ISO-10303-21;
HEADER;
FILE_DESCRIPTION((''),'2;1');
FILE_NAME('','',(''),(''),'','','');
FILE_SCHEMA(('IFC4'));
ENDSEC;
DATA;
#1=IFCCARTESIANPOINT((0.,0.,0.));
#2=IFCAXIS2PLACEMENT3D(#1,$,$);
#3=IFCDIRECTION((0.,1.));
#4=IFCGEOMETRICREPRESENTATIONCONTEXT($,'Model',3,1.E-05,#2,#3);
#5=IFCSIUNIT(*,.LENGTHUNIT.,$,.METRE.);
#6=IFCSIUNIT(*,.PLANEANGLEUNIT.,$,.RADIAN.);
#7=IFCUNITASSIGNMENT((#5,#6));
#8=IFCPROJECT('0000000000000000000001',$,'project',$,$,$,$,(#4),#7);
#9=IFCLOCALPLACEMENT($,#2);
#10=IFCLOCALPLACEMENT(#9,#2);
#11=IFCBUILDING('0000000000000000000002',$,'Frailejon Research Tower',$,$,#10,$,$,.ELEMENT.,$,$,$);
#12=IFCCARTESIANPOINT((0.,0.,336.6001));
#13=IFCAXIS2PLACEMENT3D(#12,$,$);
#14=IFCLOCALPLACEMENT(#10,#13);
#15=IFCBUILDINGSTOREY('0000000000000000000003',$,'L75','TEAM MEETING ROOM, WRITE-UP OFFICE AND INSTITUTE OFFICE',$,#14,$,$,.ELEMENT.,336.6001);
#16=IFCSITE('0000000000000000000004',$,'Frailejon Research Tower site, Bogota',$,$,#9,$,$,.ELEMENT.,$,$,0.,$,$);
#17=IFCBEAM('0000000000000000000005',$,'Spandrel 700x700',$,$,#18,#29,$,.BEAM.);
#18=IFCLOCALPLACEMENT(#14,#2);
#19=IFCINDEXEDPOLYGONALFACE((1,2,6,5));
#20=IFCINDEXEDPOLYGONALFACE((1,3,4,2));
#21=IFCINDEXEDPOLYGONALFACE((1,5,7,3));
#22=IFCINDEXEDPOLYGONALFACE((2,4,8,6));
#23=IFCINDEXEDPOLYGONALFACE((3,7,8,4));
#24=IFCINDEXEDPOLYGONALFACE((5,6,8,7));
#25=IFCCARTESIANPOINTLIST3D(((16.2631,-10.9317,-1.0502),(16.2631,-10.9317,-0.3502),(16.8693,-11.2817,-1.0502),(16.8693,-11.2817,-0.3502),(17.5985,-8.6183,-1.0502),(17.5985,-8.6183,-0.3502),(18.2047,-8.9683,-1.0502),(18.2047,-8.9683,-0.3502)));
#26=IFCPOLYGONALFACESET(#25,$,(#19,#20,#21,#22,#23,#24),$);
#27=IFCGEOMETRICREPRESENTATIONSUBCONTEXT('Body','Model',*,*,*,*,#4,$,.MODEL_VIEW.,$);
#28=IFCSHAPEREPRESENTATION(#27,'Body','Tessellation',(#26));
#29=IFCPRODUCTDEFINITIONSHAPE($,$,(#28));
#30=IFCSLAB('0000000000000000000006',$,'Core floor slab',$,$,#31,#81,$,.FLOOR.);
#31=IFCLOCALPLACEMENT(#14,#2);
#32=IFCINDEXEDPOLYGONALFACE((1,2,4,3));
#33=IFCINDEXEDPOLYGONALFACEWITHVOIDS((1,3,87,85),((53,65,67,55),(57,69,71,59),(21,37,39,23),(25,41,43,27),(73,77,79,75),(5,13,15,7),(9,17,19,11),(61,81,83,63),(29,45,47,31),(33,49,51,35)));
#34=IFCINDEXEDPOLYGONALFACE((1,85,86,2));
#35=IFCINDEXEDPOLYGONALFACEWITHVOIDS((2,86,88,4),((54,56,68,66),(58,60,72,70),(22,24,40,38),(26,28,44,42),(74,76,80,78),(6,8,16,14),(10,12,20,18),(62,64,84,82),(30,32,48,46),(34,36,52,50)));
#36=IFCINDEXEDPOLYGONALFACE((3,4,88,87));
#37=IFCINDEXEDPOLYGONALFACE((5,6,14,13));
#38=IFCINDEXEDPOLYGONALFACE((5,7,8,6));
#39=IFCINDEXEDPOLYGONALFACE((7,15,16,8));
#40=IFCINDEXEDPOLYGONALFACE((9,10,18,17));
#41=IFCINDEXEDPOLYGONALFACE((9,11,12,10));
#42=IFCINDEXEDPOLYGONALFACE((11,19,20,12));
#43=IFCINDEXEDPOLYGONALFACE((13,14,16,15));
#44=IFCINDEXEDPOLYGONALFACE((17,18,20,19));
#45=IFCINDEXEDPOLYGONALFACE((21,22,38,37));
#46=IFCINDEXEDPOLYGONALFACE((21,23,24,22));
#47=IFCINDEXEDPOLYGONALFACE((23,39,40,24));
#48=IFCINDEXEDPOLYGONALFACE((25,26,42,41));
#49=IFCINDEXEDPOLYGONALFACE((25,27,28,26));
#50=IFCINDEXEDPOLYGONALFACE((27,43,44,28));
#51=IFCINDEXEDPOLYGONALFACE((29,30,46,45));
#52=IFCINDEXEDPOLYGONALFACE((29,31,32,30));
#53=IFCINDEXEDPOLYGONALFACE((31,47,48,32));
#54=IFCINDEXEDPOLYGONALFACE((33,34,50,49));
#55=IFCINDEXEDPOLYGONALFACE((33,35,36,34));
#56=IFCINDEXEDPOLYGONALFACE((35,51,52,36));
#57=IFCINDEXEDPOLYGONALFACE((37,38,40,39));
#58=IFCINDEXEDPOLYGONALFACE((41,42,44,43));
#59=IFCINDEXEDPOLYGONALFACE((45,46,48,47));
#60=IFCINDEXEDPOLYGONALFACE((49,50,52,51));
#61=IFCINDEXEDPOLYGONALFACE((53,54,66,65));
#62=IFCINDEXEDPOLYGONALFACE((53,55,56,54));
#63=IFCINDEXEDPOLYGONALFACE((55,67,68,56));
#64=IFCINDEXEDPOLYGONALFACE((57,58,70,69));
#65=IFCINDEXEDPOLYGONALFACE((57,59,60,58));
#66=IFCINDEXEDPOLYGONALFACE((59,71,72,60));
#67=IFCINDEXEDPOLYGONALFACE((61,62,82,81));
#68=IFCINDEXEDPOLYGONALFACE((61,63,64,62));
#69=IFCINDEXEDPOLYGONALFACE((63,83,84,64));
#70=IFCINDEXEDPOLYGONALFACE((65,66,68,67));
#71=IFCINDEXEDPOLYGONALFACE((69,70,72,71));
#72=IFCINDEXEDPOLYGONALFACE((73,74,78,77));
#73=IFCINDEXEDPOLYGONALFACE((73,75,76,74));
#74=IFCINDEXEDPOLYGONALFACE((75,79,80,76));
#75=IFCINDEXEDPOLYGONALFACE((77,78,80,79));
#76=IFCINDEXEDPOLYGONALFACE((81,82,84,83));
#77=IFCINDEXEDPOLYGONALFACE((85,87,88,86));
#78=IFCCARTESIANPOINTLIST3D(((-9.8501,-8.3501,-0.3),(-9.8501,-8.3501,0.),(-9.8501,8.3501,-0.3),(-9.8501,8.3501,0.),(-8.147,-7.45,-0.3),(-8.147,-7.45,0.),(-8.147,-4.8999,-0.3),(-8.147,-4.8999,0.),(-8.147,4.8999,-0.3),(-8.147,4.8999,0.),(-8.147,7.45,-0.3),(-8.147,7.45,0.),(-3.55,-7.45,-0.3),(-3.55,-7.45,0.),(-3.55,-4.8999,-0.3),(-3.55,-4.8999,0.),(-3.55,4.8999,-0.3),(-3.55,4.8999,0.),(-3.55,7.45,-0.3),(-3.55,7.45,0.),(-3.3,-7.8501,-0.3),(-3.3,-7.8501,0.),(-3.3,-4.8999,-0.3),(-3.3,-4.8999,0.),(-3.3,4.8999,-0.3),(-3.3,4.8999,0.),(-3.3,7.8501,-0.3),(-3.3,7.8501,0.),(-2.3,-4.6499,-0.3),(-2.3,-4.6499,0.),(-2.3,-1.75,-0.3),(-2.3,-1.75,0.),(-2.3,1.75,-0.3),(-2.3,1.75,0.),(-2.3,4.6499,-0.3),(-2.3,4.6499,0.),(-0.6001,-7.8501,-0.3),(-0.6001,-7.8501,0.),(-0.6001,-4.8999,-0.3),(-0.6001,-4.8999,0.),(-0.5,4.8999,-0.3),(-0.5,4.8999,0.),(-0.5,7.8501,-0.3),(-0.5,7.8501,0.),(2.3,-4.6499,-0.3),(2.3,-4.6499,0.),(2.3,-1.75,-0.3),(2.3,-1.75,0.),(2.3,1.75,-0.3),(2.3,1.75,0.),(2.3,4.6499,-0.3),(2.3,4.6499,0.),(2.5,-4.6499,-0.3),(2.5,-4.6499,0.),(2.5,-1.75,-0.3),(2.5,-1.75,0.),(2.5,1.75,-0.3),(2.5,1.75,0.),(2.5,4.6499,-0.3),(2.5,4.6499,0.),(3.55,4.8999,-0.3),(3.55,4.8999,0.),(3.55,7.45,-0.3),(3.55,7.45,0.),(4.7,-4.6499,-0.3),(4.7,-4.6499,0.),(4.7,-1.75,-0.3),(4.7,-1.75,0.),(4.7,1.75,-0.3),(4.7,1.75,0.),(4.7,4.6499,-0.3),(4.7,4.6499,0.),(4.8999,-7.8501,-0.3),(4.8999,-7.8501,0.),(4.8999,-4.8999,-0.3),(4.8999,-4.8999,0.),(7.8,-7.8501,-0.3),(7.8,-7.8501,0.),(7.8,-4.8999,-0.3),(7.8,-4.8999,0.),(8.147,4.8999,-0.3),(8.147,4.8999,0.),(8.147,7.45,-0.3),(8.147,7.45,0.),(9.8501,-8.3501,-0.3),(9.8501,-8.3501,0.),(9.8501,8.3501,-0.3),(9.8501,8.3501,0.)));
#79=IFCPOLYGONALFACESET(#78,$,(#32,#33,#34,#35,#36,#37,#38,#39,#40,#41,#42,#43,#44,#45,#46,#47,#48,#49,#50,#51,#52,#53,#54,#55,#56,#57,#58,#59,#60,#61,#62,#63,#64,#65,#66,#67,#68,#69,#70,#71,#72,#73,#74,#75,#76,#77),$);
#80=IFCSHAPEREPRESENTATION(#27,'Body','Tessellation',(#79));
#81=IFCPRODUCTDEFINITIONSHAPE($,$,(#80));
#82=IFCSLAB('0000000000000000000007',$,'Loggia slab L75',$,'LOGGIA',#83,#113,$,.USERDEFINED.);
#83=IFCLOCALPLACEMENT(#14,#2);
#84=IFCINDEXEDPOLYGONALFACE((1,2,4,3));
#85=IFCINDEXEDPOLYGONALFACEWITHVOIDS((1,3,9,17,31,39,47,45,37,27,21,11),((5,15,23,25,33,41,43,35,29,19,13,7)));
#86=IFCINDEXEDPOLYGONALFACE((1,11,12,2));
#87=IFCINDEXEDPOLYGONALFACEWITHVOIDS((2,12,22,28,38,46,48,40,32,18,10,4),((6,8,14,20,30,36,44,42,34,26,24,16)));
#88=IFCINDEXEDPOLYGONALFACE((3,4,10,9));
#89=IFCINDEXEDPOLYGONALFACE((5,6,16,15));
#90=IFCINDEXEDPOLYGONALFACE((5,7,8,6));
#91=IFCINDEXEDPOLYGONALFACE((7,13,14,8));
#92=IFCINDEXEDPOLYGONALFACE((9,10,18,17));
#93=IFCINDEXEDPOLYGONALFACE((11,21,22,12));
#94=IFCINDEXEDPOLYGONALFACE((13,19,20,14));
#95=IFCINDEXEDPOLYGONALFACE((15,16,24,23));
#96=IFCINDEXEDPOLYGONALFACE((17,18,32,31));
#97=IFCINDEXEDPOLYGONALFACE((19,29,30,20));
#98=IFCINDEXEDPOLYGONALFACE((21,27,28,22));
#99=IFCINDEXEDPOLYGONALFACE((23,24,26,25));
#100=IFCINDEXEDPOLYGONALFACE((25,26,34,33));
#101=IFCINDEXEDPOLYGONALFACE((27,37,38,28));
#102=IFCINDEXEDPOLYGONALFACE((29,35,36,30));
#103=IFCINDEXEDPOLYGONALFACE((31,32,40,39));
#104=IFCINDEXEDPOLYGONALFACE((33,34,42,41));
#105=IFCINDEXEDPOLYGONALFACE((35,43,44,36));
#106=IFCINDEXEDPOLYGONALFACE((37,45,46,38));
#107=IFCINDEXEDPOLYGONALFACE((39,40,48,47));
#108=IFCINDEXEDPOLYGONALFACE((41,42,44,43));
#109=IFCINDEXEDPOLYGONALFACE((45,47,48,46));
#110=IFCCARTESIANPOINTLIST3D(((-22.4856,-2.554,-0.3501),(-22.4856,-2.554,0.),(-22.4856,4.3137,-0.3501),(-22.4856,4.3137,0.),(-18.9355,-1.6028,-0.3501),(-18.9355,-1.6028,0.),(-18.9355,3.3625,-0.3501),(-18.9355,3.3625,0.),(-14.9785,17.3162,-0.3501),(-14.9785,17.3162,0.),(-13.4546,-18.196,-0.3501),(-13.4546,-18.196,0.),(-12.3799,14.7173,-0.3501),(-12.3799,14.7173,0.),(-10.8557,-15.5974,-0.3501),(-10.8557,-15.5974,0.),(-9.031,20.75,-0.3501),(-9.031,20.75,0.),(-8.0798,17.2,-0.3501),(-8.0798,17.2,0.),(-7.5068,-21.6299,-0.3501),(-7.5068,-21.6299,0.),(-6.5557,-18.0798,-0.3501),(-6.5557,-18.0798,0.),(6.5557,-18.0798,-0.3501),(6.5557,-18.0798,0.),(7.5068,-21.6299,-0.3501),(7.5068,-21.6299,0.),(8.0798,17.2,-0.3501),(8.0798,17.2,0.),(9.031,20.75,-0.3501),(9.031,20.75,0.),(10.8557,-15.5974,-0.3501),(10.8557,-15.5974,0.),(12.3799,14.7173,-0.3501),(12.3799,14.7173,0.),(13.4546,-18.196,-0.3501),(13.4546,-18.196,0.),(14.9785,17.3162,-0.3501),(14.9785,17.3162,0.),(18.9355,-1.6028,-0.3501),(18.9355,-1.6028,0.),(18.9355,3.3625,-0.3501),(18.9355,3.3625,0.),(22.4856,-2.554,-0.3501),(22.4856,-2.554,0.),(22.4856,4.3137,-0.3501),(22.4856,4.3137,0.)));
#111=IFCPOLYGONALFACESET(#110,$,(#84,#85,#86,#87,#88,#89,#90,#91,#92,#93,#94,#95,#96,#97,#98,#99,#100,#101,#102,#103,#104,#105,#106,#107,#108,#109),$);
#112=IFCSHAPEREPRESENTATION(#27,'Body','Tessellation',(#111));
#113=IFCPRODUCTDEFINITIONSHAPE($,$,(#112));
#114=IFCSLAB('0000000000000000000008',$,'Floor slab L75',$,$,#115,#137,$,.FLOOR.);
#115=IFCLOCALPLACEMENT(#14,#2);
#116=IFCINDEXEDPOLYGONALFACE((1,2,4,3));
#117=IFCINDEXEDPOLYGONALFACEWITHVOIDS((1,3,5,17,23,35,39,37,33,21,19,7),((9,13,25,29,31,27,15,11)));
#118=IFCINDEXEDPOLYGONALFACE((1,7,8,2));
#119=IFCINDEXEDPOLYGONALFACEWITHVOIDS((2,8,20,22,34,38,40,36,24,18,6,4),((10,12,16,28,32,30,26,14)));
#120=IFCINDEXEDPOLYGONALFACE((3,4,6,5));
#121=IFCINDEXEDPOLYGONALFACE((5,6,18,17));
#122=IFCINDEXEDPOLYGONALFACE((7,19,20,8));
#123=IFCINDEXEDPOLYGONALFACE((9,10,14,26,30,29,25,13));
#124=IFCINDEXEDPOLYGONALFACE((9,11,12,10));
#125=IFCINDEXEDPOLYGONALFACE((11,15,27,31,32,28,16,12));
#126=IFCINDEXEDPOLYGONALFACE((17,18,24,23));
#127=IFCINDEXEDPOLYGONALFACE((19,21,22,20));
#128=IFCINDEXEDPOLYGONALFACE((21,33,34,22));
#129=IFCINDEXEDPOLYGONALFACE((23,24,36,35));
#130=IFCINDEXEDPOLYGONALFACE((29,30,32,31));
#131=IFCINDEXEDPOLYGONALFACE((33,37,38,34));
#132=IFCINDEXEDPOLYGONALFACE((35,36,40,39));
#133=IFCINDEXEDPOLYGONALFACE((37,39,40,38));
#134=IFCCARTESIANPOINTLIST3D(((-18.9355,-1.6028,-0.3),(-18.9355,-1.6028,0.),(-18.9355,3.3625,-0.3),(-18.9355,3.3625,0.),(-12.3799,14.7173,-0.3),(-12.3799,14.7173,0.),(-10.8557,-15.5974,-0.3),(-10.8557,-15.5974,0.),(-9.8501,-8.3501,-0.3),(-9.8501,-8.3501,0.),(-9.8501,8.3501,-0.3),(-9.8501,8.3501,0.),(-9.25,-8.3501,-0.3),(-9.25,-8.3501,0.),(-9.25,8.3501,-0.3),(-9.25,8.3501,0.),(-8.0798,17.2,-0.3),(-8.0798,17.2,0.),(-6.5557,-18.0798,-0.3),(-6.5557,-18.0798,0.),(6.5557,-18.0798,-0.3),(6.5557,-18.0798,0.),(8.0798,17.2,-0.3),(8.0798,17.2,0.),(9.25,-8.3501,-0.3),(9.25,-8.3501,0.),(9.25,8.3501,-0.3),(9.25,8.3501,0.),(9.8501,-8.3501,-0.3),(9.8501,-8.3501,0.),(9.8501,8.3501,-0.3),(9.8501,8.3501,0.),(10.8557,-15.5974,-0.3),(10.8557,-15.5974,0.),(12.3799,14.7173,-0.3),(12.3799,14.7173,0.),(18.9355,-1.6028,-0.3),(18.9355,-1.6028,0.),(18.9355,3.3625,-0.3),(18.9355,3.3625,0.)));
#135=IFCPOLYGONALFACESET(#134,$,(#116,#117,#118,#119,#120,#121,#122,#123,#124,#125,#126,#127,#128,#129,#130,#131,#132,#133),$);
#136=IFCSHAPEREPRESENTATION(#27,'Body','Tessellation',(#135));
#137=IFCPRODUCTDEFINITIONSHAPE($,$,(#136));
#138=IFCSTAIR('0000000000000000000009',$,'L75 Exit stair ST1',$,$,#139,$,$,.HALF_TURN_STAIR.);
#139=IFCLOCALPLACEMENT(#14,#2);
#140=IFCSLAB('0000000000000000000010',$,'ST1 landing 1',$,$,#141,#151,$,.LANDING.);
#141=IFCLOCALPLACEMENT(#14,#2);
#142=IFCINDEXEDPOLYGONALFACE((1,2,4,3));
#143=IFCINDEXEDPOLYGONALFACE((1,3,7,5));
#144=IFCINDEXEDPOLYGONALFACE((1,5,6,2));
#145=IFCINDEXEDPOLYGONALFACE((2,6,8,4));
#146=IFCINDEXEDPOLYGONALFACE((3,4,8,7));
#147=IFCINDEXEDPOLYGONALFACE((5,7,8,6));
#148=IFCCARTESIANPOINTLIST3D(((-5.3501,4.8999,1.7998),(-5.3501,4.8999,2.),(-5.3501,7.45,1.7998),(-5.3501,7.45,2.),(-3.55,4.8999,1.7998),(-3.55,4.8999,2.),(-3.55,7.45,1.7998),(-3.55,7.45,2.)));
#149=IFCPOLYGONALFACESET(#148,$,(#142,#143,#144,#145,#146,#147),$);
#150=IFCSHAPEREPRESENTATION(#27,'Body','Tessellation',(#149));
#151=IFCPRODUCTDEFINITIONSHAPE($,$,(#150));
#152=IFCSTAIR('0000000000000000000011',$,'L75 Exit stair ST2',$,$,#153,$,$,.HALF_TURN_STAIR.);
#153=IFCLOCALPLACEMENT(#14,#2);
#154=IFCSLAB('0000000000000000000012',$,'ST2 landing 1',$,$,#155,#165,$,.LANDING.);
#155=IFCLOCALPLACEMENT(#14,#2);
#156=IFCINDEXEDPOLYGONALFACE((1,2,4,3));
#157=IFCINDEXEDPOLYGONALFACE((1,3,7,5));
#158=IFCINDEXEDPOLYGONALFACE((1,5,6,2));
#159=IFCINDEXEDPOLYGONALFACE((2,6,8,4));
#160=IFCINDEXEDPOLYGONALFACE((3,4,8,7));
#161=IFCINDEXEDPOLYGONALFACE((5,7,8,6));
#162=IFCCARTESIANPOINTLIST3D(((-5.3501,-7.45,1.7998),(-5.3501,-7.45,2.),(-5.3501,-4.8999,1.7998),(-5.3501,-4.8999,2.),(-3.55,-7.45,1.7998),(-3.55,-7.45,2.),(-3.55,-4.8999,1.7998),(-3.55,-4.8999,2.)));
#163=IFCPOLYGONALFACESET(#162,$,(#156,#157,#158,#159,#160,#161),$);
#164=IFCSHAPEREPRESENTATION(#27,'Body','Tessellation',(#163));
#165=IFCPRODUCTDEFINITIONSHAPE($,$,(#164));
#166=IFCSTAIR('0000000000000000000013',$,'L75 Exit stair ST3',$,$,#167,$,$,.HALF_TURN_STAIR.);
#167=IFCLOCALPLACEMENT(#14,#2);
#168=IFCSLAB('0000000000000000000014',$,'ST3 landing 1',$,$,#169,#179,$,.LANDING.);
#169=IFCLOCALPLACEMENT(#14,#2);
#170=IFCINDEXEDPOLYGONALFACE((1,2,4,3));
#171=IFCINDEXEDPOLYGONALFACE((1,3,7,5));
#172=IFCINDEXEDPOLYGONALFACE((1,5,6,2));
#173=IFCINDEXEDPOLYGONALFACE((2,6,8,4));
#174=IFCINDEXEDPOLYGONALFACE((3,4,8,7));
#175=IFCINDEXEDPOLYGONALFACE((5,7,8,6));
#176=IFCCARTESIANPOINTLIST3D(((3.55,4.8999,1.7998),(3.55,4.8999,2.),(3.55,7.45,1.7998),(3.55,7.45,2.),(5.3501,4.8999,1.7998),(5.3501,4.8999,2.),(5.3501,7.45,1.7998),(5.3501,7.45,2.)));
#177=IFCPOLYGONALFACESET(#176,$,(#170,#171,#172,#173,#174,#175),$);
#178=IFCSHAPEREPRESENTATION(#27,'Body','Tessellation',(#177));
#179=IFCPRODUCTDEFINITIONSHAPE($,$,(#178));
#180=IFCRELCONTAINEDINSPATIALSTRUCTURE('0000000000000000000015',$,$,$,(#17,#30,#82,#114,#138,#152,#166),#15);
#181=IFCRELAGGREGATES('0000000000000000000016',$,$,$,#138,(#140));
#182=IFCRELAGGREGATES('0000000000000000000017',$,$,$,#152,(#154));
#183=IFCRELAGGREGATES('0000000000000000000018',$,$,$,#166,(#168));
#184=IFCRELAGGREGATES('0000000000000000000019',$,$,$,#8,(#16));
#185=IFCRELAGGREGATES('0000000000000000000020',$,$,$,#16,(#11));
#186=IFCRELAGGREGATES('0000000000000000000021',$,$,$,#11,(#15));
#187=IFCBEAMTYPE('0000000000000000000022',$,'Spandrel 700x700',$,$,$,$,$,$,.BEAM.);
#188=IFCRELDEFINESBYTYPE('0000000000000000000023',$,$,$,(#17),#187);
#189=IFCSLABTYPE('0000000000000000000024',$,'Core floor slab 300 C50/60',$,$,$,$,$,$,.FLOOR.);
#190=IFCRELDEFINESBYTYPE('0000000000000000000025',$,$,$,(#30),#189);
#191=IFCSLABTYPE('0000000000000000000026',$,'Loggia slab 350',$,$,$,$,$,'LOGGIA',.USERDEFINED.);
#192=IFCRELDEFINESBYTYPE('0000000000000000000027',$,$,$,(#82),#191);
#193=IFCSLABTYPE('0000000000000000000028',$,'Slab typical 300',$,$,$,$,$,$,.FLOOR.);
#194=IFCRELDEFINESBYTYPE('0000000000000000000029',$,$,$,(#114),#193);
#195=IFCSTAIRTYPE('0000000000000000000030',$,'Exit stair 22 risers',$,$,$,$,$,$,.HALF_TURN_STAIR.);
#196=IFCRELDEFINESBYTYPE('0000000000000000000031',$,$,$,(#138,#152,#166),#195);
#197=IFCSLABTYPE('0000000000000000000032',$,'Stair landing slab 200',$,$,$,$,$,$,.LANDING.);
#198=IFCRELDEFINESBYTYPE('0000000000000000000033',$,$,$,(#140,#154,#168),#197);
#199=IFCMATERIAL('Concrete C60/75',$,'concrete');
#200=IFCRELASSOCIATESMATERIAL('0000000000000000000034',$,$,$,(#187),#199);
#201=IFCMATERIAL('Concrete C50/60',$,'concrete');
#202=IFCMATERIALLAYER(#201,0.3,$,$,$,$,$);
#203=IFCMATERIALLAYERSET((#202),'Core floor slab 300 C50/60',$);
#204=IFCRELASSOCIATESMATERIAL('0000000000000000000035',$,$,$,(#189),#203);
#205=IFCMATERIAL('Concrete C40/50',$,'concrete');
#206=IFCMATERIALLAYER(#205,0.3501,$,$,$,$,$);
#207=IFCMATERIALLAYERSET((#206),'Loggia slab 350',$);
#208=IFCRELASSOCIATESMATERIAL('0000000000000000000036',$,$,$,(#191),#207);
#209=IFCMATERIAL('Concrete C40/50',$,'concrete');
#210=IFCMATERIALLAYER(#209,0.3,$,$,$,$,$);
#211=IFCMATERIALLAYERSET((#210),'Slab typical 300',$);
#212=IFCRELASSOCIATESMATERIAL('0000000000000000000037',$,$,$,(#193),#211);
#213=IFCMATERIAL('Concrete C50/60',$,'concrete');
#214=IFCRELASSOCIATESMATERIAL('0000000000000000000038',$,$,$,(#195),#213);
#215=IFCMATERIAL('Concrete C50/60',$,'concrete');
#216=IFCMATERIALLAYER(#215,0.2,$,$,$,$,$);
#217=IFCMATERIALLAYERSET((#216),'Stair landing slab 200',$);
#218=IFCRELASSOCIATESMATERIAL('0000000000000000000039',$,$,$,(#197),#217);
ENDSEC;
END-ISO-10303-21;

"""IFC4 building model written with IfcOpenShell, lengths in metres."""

from ifc_helpers import new_model, si_unit, direction, frame, origin, origin_2d, place, context, subcontext, project, spatial, polyline, rectangle, outline, extrude, material, layer, layer_set, material_profile, profile_set, type_object, element, aggregate, save


model = new_model("IFC4")

# Units and contexts
model_context = context("Model", 3, precision=1e-05, world=origin(), true_north=direction((0.0, 1.0)))
body_context = subcontext(model_context, "Body", "Model", "MODEL_VIEW")
ifc_project = project(units=[si_unit("LENGTHUNIT", "METRE"), si_unit("PLANEANGLEUNIT", "RADIAN")], contexts=[model_context])

# Site, building, storey
site_placement = place(None, origin())
site = spatial("IfcSite", under=ifc_project, at=site_placement, Name="Frailejon Research Tower site, Bogota", CompositionType="ELEMENT", RefElevation=0.0)
building_placement = place(site_placement, origin())
building = spatial("IfcBuilding", under=site, at=building_placement, Name="Frailejon Research Tower", CompositionType="ELEMENT")
storey_placement = place(building_placement, frame((0.0, 0.0, 336.6001)))
storey = spatial("IfcBuildingStorey", under=building, at=storey_placement, Name="L75", Description="TEAM MEETING ROOM, WRITE-UP OFFICE AND INSTITUTE OFFICE", CompositionType="ELEMENT", Elevation=336.6001)

# Beam
ifc_material_1 = material(Name="Concrete C60/75", Category="concrete")
ifc_material_profile = material_profile(ifc_material_1, rectangle(XDim=0.7, YDim=0.7, at=origin_2d()), Name="Spandrel 700x700")
ifc_profile_set = profile_set([ifc_material_profile], Name="Concrete C60/75")
beam_type = type_object("IfcBeamType", Name="Spandrel 700x700", PredefinedType="BEAM", material=ifc_profile_set)
beam_placement = place(storey_placement, frame((16.5662, -11.1067, -0.7002), z_axis=(0.499933, 0.866064, 0.0), x_axis=(-0.866064, 0.499933, 0.0)))
element("IfcBeam", 1, at=beam_placement, inside=storey, type_object=beam_type, Name="Spandrel 700x700", PredefinedType="BEAM", context=body_context, shape_type="SweptSolid", body=[
    extrude(rectangle(XDim=0.7, YDim=0.7, at=origin_2d()), origin(), (0.0, 0.0, 1.0), 2.6711),
])

# Slabs
ifc_material_2 = material(Name="Concrete C50/60", Category="concrete")
ifc_layer_1 = layer(ifc_material_2, 0.3)
ifc_layer_set_1 = layer_set([ifc_layer_1], Name="Core floor slab 300 C50/60")
slab_type_1 = type_object("IfcSlabType", Name="Core floor slab 300 C50/60", PredefinedType="FLOOR", material=ifc_layer_set_1)
slab_1_placement = place(storey_placement, frame((0.0, 0.0, -0.3)))
element("IfcSlab", 2, at=slab_1_placement, inside=storey, type_object=slab_type_1, Name="Core floor slab", PredefinedType="FLOOR", context=body_context, shape_type="SweptSolid", body=[
    extrude(outline(polyline([(9.8501, -8.3501), (9.8501, 8.3501), (-9.8501, 8.3501), (-9.8501, -8.3501), (9.8501, -8.3501)]), holes=[polyline([(2.3, 1.75), (2.3, 4.6499), (-2.3, 4.6499), (-2.3, 1.75), (2.3, 1.75)]), polyline([(4.7, 1.75), (4.7, 4.6499), (2.5, 4.6499), (2.5, 1.75), (4.7, 1.75)]), polyline([(2.3, -4.6499), (2.3, -1.75), (-2.3, -1.75), (-2.3, -4.6499), (2.3, -4.6499)]), polyline([(4.7, -4.6499), (4.7, -1.75), (2.5, -1.75), (2.5, -4.6499), (4.7, -4.6499)]), polyline([(-8.147, 4.8999), (-3.55, 4.8999), (-3.55, 7.45), (-8.147, 7.45), (-8.147, 4.8999)]), polyline([(-8.147, -7.45), (-3.55, -7.45), (-3.55, -4.8999), (-8.147, -4.8999), (-8.147, -7.45)]), polyline([(8.147, 7.45), (3.55, 7.45), (3.55, 4.8999), (8.147, 4.8999), (8.147, 7.45)]), polyline([(-0.6001, -7.8501), (-0.6001, -4.8999), (-3.3, -4.8999), (-3.3, -7.8501), (-0.6001, -7.8501)]), polyline([(7.8, -7.8501), (7.8, -4.8999), (4.8999, -4.8999), (4.8999, -7.8501), (7.8, -7.8501)]), polyline([(-0.5, 4.8999), (-0.5, 7.8501), (-3.3, 7.8501), (-3.3, 4.8999), (-0.5, 4.8999)])]), origin(), (0.0, 0.0, 1.0), 0.3),
])
ifc_material_3 = material(Name="Concrete C40/50", Category="concrete")
ifc_layer_2 = layer(ifc_material_3, 0.3501)
ifc_layer_set_2 = layer_set([ifc_layer_2], Name="Loggia slab 350")
slab_type_2 = type_object("IfcSlabType", Name="Loggia slab 350", ElementType="LOGGIA", PredefinedType="USERDEFINED", material=ifc_layer_set_2)
slab_2_placement = place(storey_placement, frame((0.0, 0.0, -0.3501)))
element("IfcSlab", 3, at=slab_2_placement, inside=storey, type_object=slab_type_2, Name="Loggia slab L75", ObjectType="LOGGIA", PredefinedType="USERDEFINED", context=body_context, shape_type="SweptSolid", body=[
    extrude(outline(polyline([(13.4546, -18.196), (7.5068, -21.6299), (-7.5068, -21.6299), (-13.4546, -18.196), (-22.4856, -2.554), (-22.4856, 4.3137), (-14.9785, 17.3162), (-9.031, 20.75), (9.031, 20.75), (14.9785, 17.3162), (22.4856, 4.3137), (22.4856, -2.554), (13.4546, -18.196)]), holes=[polyline([(18.9355, 3.3625), (12.3799, 14.7173), (8.0798, 17.2), (-8.0798, 17.2), (-12.3799, 14.7173), (-18.9355, 3.3625), (-18.9355, -1.6028), (-10.8557, -15.5974), (-6.5557, -18.0798), (6.5557, -18.0798), (10.8557, -15.5974), (18.9355, -1.6028), (18.9355, 3.3625)])]), origin(), (0.0, 0.0, 1.0), 0.3501),
])
ifc_material_4 = material(Name="Concrete C40/50", Category="concrete")
ifc_layer_3 = layer(ifc_material_4, 0.3)
ifc_layer_set_3 = layer_set([ifc_layer_3], Name="Slab typical 300")
slab_type_3 = type_object("IfcSlabType", Name="Slab typical 300", PredefinedType="FLOOR", material=ifc_layer_set_3)
slab_3_placement = place(storey_placement, frame((0.0, 0.0, -0.3)))
element("IfcSlab", 4, at=slab_3_placement, inside=storey, type_object=slab_type_3, Name="Floor slab L75", PredefinedType="FLOOR", context=body_context, shape_type="SweptSolid", body=[
    extrude(outline(polyline([(18.9355, -1.6028), (18.9355, 3.3625), (12.3799, 14.7173), (8.0798, 17.2), (-8.0798, 17.2), (-12.3799, 14.7173), (-18.9355, 3.3625), (-18.9355, -1.6028), (-10.8557, -15.5974), (-6.5557, -18.0798), (6.5557, -18.0798), (10.8557, -15.5974), (18.9355, -1.6028)]), holes=[polyline([(9.25, 8.3501), (9.8501, 8.3501), (9.8501, -8.3501), (9.25, -8.3501), (-9.25, -8.3501), (-9.8501, -8.3501), (-9.8501, 8.3501), (-9.25, 8.3501), (9.25, 8.3501)])]), origin(), (0.0, 0.0, 1.0), 0.3),
])

# Stairs, slabs
ifc_material_5 = material(Name="Concrete C50/60", Category="concrete")
stair_type = type_object("IfcStairType", Name="Exit stair 22 risers", PredefinedType="HALF_TURN_STAIR", material=ifc_material_5)
stair_1_placement = place(storey_placement, origin())
stair_1 = element("IfcStair", 5, at=stair_1_placement, inside=storey, type_object=stair_type, Name="L75 Exit stair ST1", PredefinedType="HALF_TURN_STAIR")
ifc_material_6 = material(Name="Concrete C50/60", Category="concrete")
ifc_layer_4 = layer(ifc_material_6, 0.2)
ifc_layer_set_4 = layer_set([ifc_layer_4], Name="Stair landing slab 200")
slab_type_4 = type_object("IfcSlabType", Name="Stair landing slab 200", PredefinedType="LANDING", material=ifc_layer_set_4)
slab_4_placement = place(storey_placement, frame((0.0, 0.0, 1.7998)))
slab_4 = element("IfcSlab", 6, at=slab_4_placement, type_object=slab_type_4, Name="ST1 landing 1", PredefinedType="LANDING", context=body_context, shape_type="SweptSolid", body=[
    extrude(outline(polyline([(-5.3501, 4.8999), (-3.55, 4.8999), (-3.55, 7.45), (-5.3501, 7.45), (-5.3501, 4.8999)])), origin(), (0.0, 0.0, 1.0), 0.2002),
])
aggregate(stair_1, [slab_4])
stair_2_placement = place(storey_placement, origin())
stair_2 = element("IfcStair", 7, at=stair_2_placement, inside=storey, type_object=stair_type, Name="L75 Exit stair ST2", PredefinedType="HALF_TURN_STAIR")
slab_5_placement = place(storey_placement, frame((0.0, 0.0, 1.7998)))
slab_5 = element("IfcSlab", 8, at=slab_5_placement, type_object=slab_type_4, Name="ST2 landing 1", PredefinedType="LANDING", context=body_context, shape_type="SweptSolid", body=[
    extrude(outline(polyline([(-5.3501, -7.45), (-3.55, -7.45), (-3.55, -4.8999), (-5.3501, -4.8999), (-5.3501, -7.45)])), origin(), (0.0, 0.0, 1.0), 0.2002),
])
aggregate(stair_2, [slab_5])
stair_3_placement = place(storey_placement, origin())
stair_3 = element("IfcStair", 9, at=stair_3_placement, inside=storey, type_object=stair_type, Name="L75 Exit stair ST3", PredefinedType="HALF_TURN_STAIR")
slab_6_placement = place(storey_placement, frame((0.0, 0.0, 1.7998)))
slab_6 = element("IfcSlab", 10, at=slab_6_placement, type_object=slab_type_4, Name="ST3 landing 1", PredefinedType="LANDING", context=body_context, shape_type="SweptSolid", body=[
    extrude(outline(polyline([(5.3501, 7.45), (3.55, 7.45), (3.55, 4.8999), (5.3501, 4.8999), (5.3501, 7.45)])), origin(), (0.0, 0.0, 1.0), 0.2002),
])
aggregate(stair_3, [slab_6])

save(model, "model.ifc")
